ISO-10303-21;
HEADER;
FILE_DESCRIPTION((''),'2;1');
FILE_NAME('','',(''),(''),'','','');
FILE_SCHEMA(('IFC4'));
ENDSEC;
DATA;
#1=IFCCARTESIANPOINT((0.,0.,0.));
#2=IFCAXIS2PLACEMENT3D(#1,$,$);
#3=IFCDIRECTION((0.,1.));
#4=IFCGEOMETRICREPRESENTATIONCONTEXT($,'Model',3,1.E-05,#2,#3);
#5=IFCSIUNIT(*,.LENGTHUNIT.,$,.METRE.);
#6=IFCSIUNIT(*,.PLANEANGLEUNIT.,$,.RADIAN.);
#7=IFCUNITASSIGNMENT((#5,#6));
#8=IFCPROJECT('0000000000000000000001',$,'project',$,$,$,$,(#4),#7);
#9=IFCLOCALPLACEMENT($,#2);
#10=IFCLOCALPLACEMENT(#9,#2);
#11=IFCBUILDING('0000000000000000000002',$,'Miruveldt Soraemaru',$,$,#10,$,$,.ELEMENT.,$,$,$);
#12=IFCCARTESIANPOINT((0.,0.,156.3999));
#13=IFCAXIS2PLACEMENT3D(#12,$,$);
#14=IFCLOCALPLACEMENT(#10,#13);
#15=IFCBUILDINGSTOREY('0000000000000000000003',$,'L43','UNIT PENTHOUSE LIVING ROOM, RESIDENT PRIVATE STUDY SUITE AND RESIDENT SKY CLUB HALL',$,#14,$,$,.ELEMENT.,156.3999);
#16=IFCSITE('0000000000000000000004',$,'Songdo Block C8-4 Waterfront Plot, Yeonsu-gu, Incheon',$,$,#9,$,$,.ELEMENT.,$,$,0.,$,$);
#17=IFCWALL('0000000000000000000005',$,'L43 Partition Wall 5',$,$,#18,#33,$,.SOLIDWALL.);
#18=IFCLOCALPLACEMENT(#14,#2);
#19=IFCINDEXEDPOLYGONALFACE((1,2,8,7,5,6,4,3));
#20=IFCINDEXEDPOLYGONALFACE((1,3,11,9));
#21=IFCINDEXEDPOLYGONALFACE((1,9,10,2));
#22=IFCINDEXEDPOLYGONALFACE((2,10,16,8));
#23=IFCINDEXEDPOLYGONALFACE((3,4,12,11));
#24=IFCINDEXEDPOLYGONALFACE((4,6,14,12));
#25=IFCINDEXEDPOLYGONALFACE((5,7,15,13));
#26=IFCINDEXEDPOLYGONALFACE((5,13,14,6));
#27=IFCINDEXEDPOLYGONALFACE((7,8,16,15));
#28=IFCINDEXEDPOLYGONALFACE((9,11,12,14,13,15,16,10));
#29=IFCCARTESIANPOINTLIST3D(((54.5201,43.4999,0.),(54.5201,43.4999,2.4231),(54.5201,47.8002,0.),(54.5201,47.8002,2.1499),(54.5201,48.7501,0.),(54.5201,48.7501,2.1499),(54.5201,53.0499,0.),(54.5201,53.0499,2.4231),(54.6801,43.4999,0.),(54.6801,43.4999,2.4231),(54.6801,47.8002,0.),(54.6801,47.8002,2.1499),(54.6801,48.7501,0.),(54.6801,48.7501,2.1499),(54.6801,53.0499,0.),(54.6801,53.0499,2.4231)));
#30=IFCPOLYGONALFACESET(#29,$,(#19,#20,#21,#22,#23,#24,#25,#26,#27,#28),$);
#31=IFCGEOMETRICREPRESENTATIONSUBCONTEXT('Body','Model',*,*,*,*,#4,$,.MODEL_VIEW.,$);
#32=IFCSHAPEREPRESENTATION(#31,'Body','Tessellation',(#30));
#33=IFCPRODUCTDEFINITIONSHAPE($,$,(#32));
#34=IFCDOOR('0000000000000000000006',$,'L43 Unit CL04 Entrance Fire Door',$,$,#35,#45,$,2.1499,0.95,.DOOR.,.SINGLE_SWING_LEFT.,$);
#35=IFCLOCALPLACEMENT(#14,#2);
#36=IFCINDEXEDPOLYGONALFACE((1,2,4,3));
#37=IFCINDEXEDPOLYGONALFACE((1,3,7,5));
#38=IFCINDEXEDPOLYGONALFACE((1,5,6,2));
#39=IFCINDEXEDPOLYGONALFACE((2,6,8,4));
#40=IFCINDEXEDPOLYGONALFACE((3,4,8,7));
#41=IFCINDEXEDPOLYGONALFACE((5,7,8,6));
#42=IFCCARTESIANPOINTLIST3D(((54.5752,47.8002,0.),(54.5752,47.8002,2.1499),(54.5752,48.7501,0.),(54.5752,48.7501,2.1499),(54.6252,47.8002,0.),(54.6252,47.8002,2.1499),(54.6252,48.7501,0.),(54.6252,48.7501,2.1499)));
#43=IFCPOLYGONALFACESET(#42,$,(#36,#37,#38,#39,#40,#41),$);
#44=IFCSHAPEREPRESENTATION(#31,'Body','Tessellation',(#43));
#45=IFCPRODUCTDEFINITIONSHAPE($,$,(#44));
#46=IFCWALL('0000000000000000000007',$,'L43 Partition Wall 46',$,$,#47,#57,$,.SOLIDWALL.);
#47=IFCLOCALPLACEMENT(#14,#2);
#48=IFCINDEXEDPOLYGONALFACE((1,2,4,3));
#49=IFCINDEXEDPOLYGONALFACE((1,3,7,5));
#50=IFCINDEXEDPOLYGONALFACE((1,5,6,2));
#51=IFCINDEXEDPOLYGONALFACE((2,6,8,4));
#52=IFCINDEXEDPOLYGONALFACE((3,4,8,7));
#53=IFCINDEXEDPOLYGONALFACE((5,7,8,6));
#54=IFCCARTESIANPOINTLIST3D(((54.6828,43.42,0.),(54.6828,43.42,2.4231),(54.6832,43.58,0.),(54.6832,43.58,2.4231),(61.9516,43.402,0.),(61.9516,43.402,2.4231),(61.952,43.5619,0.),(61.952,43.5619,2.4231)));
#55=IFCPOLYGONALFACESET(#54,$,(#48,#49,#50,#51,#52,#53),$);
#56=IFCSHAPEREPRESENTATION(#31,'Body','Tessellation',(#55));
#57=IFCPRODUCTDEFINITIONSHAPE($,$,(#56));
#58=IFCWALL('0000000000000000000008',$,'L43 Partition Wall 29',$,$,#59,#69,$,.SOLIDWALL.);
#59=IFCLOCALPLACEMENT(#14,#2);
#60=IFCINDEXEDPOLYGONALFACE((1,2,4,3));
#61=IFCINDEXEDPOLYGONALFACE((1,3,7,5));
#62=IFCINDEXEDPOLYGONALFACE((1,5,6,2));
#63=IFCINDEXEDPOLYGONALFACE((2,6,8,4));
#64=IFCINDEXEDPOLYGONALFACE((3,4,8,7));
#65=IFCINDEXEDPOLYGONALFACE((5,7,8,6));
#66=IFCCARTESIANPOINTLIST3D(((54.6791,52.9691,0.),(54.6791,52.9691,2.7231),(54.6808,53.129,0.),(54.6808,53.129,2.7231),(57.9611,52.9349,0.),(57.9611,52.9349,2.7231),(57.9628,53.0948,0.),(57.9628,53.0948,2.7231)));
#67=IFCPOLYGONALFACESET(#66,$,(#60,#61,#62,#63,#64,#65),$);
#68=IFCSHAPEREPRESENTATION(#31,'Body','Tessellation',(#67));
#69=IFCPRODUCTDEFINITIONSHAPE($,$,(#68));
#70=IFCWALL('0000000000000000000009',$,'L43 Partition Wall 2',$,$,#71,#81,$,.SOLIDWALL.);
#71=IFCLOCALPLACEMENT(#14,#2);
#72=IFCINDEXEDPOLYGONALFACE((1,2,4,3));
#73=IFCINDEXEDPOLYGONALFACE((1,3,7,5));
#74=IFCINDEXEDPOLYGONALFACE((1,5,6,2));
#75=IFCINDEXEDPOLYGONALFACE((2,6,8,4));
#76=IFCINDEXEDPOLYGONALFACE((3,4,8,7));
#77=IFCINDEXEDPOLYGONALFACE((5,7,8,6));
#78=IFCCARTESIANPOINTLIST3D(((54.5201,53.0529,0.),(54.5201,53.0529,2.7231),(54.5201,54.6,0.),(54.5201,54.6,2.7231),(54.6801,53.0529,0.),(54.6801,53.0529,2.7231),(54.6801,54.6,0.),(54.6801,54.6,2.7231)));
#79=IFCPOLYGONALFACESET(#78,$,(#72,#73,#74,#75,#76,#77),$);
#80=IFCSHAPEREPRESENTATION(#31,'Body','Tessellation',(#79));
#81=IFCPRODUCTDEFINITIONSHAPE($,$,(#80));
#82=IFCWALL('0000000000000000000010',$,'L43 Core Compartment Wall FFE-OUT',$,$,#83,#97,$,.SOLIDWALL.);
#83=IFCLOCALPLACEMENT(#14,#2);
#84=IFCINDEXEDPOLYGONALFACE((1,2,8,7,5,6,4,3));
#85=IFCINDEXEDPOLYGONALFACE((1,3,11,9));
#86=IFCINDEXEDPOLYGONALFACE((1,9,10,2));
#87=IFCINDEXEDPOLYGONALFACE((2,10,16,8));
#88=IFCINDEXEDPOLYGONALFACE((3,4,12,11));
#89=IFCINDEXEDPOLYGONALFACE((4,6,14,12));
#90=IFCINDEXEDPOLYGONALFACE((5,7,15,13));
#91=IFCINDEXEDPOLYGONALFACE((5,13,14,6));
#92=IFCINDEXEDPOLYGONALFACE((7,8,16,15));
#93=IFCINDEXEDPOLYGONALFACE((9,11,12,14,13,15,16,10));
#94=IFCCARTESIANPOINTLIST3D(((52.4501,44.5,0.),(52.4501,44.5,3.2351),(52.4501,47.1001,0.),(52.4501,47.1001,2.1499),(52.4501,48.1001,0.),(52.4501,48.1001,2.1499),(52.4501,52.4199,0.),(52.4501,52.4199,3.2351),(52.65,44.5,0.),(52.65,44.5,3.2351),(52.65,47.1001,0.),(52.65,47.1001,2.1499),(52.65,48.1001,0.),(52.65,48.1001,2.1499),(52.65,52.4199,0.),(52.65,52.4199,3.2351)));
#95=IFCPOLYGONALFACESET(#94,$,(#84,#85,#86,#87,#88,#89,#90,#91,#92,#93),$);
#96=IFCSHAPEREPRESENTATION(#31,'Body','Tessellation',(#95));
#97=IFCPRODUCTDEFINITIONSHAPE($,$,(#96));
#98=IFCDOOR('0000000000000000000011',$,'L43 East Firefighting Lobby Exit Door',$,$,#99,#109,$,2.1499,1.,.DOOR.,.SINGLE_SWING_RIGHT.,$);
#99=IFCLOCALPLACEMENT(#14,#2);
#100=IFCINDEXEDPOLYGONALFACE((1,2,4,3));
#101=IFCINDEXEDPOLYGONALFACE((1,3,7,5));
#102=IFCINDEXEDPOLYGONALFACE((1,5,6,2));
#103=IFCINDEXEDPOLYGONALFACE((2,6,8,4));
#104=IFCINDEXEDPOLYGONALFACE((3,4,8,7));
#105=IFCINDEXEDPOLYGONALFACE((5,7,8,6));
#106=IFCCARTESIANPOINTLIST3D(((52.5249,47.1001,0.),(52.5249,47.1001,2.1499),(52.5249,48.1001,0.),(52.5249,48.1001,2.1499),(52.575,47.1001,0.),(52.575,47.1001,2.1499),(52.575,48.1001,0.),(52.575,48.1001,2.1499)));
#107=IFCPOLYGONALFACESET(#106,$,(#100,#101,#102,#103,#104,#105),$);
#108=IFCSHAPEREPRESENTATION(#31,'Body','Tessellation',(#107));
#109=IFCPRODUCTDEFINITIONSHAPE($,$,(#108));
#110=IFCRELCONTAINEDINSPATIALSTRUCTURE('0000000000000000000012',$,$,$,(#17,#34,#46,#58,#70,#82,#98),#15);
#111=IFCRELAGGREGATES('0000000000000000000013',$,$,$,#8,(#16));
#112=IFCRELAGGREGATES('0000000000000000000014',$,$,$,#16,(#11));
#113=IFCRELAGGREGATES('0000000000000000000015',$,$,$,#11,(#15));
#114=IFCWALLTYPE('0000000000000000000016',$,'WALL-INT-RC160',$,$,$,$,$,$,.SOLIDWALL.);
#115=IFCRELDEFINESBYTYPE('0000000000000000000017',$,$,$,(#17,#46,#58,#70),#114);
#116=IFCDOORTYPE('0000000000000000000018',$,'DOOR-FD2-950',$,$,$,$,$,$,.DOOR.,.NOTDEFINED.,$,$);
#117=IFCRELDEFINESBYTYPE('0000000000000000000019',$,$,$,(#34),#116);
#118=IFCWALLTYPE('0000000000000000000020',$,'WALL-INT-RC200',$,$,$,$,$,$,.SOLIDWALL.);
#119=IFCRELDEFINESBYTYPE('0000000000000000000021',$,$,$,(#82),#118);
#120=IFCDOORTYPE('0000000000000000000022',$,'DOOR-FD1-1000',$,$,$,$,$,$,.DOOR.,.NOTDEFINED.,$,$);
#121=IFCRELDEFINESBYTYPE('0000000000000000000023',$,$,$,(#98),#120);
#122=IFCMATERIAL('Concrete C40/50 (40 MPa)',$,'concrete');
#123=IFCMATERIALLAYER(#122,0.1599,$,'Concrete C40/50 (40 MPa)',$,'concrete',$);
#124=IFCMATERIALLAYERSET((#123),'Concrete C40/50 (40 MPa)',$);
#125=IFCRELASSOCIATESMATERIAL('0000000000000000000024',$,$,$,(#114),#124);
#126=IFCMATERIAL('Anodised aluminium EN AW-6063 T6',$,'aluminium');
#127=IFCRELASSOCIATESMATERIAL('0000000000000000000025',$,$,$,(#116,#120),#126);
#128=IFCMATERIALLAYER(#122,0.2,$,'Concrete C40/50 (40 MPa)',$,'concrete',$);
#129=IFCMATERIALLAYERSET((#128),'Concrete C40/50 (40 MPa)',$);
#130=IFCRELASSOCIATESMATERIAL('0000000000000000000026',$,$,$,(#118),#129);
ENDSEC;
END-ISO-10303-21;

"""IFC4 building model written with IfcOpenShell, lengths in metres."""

from ifc_helpers import new_model, si_unit, direction, frame, frame_2d, origin, place, context, subcontext, project, spatial, rectangle, extrude, material, layer, layer_set, type_object, element, fill, save


model = new_model("IFC4")

# Units and contexts
model_context = context("Model", 3, precision=1e-05, world=origin(), true_north=direction((0.0, 1.0)))
body_context = subcontext(model_context, "Body", "Model", "MODEL_VIEW")
ifc_project = project(units=[si_unit("LENGTHUNIT", "METRE"), si_unit("PLANEANGLEUNIT", "RADIAN")], contexts=[model_context])

# Site, building, storey
site_placement = place(None, origin())
site = spatial("IfcSite", under=ifc_project, at=site_placement, Name="Songdo Block C8-4 Waterfront Plot, Yeonsu-gu, Incheon", CompositionType="ELEMENT", RefElevation=0.0)
building_placement = place(site_placement, origin())
building = spatial("IfcBuilding", under=site, at=building_placement, Name="Miruveldt Soraemaru", CompositionType="ELEMENT")
storey_placement = place(building_placement, frame((0.0, 0.0, 156.3999)))
storey = spatial("IfcBuildingStorey", under=building, at=storey_placement, Name="L43", Description="UNIT PENTHOUSE LIVING ROOM, RESIDENT PRIVATE STUDY SUITE AND RESIDENT SKY CLUB HALL", CompositionType="ELEMENT", Elevation=156.3999)

# Wall, opening, door
ifc_material_1 = material(Name="Concrete C40/50 (40 MPa)", Category="concrete")
ifc_layer_1 = layer(ifc_material_1, 0.1599, Name="Concrete C40/50 (40 MPa)", Category="concrete")
ifc_layer_set_1 = layer_set([ifc_layer_1], Name="Concrete C40/50 (40 MPa)")
wall_type_1 = type_object("IfcWallType", Name="WALL-INT-RC160", PredefinedType="SOLIDWALL", material=ifc_layer_set_1)
wall_1_placement = place(storey_placement, frame((54.6001, 43.5, 0.0), z_axis=(0.0, 0.0, 1.0), x_axis=(0.0, 1.0, 0.0)))
wall_1 = element("IfcWall", 1, at=wall_1_placement, inside=storey, type_object=wall_type_1, Name="L43 Partition Wall 5", PredefinedType="SOLIDWALL", context=body_context, shape_type="SweptSolid", body=[
    extrude(rectangle(XDim=9.55, YDim=0.1599, at=frame_2d((4.7749, 0.0))), origin(), (0.0, 0.0, 1.0), 2.4231),
])
opening_1_placement = place(wall_1_placement, frame((4.3, 0.0, 0.0)))
opening_1 = element("IfcOpeningElement", 2, at=opening_1_placement, cuts=wall_1, PredefinedType="OPENING", context=body_context, shape_type="SweptSolid", body=[
    extrude(rectangle(XDim=0.95, YDim=2.1499, at=frame_2d((0.4751, 1.075))), frame((0.0, 0.0898, 0.0), z_axis=(0.0, -1.0, 0.0), x_axis=(1.0, 0.0, 0.0)), (0.0, 0.0, 1.0), 0.1799),
])
ifc_material_2 = material(Name="Anodised aluminium EN AW-6063 T6", Category="aluminium")
door_type_1 = type_object("IfcDoorType", Name="DOOR-FD2-950", OperationType="NOTDEFINED", PredefinedType="DOOR", material=ifc_material_2)
door_1_placement = place(opening_1_placement, origin())
door_1 = element("IfcDoor", 3, at=door_1_placement, inside=storey, type_object=door_type_1, Name="L43 Unit CL04 Entrance Fire Door", OperationType="SINGLE_SWING_LEFT", OverallHeight=2.1499, OverallWidth=0.95, PredefinedType="DOOR", context=body_context, shape_type="SweptSolid", body=[
    extrude(rectangle(XDim=0.95, YDim=2.1499, at=frame_2d((0.4751, 1.075))), frame((0.0, 0.0249, 0.0), z_axis=(0.0, -1.0, 0.0), x_axis=(1.0, 0.0, 0.0)), (0.0, 0.0, 1.0), 0.05),
])
fill(opening_1, door_1)

# Walls
wall_2_placement = place(storey_placement, frame((54.6831, 43.5, 0.0), z_axis=(0.0, 0.0, 1.0), x_axis=(0.999997, -0.002485, 0.0)))
element("IfcWall", 4, at=wall_2_placement, inside=storey, type_object=wall_type_1, Name="L43 Partition Wall 46", PredefinedType="SOLIDWALL", context=body_context, shape_type="SweptSolid", body=[
    extrude(rectangle(XDim=7.2688, YDim=0.1599, at=frame_2d((3.6343, 0.0))), origin(), (0.0, 0.0, 1.0), 2.4231),
])
wall_3_placement = place(storey_placement, frame((54.6799, 53.0491, 0.0), z_axis=(0.0, 0.0, 1.0), x_axis=(0.999946, -0.010414, 0.0)))
element("IfcWall", 5, at=wall_3_placement, inside=storey, type_object=wall_type_1, Name="L43 Partition Wall 29", PredefinedType="SOLIDWALL", context=body_context, shape_type="SweptSolid", body=[
    extrude(rectangle(XDim=3.2822, YDim=0.1599, at=frame_2d((1.6411, 0.0))), origin(), (0.0, 0.0, 1.0), 2.7231),
])
wall_4_placement = place(storey_placement, frame((54.6001, 53.053, 0.0), z_axis=(0.0, 0.0, 1.0), x_axis=(0.0, 1.0, 0.0)))
element("IfcWall", 6, at=wall_4_placement, inside=storey, type_object=wall_type_1, Name="L43 Partition Wall 2", PredefinedType="SOLIDWALL", context=body_context, shape_type="SweptSolid", body=[
    extrude(rectangle(XDim=1.5471, YDim=0.1599, at=frame_2d((0.7734, 0.0))), origin(), (0.0, 0.0, 1.0), 2.7231),
])

# Wall, opening, door
ifc_layer_2 = layer(ifc_material_1, 0.2, Name="Concrete C40/50 (40 MPa)", Category="concrete")
ifc_layer_set_2 = layer_set([ifc_layer_2], Name="Concrete C40/50 (40 MPa)")
wall_type_2 = type_object("IfcWallType", Name="WALL-INT-RC200", PredefinedType="SOLIDWALL", material=ifc_layer_set_2)
wall_5_placement = place(storey_placement, frame((52.55, 44.5, 0.0), z_axis=(0.0, 0.0, 1.0), x_axis=(0.0, 1.0, 0.0)))
wall_5 = element("IfcWall", 7, at=wall_5_placement, inside=storey, type_object=wall_type_2, Name="L43 Core Compartment Wall FFE-OUT", PredefinedType="SOLIDWALL", context=body_context, shape_type="SweptSolid", body=[
    extrude(rectangle(XDim=7.9199, YDim=0.2, at=frame_2d((3.96, 0.0))), origin(), (0.0, 0.0, 1.0), 3.2351),
])
opening_2_placement = place(wall_5_placement, frame((2.6001, 0.0, 0.0)))
opening_2 = element("IfcOpeningElement", 8, at=opening_2_placement, cuts=wall_5, PredefinedType="OPENING", context=body_context, shape_type="SweptSolid", body=[
    extrude(rectangle(XDim=1.0, YDim=2.1499, at=frame_2d((0.5, 1.075))), frame((0.0, 0.1099, 0.0), z_axis=(0.0, -1.0, 0.0), x_axis=(1.0, 0.0, 0.0)), (0.0, 0.0, 1.0), 0.22),
])
door_type_2 = type_object("IfcDoorType", Name="DOOR-FD1-1000", OperationType="NOTDEFINED", PredefinedType="DOOR", material=ifc_material_2)
door_2_placement = place(opening_2_placement, frame((1.0, 0.0, 0.0), z_axis=(0.0, 0.0, 1.0), x_axis=(-1.0, 0.0, 0.0)))
door_2 = element("IfcDoor", 9, at=door_2_placement, inside=storey, type_object=door_type_2, Name="L43 East Firefighting Lobby Exit Door", OperationType="SINGLE_SWING_RIGHT", OverallHeight=2.1499, OverallWidth=1.0, PredefinedType="DOOR", context=body_context, shape_type="SweptSolid", body=[
    extrude(rectangle(XDim=1.0, YDim=2.1499, at=frame_2d((0.5, 1.075))), frame((0.0, 0.0249, 0.0), z_axis=(0.0, -1.0, 0.0), x_axis=(1.0, 0.0, 0.0)), (0.0, 0.0, 1.0), 0.05),
])
fill(opening_2, door_2)

save(model, "model.ifc")
